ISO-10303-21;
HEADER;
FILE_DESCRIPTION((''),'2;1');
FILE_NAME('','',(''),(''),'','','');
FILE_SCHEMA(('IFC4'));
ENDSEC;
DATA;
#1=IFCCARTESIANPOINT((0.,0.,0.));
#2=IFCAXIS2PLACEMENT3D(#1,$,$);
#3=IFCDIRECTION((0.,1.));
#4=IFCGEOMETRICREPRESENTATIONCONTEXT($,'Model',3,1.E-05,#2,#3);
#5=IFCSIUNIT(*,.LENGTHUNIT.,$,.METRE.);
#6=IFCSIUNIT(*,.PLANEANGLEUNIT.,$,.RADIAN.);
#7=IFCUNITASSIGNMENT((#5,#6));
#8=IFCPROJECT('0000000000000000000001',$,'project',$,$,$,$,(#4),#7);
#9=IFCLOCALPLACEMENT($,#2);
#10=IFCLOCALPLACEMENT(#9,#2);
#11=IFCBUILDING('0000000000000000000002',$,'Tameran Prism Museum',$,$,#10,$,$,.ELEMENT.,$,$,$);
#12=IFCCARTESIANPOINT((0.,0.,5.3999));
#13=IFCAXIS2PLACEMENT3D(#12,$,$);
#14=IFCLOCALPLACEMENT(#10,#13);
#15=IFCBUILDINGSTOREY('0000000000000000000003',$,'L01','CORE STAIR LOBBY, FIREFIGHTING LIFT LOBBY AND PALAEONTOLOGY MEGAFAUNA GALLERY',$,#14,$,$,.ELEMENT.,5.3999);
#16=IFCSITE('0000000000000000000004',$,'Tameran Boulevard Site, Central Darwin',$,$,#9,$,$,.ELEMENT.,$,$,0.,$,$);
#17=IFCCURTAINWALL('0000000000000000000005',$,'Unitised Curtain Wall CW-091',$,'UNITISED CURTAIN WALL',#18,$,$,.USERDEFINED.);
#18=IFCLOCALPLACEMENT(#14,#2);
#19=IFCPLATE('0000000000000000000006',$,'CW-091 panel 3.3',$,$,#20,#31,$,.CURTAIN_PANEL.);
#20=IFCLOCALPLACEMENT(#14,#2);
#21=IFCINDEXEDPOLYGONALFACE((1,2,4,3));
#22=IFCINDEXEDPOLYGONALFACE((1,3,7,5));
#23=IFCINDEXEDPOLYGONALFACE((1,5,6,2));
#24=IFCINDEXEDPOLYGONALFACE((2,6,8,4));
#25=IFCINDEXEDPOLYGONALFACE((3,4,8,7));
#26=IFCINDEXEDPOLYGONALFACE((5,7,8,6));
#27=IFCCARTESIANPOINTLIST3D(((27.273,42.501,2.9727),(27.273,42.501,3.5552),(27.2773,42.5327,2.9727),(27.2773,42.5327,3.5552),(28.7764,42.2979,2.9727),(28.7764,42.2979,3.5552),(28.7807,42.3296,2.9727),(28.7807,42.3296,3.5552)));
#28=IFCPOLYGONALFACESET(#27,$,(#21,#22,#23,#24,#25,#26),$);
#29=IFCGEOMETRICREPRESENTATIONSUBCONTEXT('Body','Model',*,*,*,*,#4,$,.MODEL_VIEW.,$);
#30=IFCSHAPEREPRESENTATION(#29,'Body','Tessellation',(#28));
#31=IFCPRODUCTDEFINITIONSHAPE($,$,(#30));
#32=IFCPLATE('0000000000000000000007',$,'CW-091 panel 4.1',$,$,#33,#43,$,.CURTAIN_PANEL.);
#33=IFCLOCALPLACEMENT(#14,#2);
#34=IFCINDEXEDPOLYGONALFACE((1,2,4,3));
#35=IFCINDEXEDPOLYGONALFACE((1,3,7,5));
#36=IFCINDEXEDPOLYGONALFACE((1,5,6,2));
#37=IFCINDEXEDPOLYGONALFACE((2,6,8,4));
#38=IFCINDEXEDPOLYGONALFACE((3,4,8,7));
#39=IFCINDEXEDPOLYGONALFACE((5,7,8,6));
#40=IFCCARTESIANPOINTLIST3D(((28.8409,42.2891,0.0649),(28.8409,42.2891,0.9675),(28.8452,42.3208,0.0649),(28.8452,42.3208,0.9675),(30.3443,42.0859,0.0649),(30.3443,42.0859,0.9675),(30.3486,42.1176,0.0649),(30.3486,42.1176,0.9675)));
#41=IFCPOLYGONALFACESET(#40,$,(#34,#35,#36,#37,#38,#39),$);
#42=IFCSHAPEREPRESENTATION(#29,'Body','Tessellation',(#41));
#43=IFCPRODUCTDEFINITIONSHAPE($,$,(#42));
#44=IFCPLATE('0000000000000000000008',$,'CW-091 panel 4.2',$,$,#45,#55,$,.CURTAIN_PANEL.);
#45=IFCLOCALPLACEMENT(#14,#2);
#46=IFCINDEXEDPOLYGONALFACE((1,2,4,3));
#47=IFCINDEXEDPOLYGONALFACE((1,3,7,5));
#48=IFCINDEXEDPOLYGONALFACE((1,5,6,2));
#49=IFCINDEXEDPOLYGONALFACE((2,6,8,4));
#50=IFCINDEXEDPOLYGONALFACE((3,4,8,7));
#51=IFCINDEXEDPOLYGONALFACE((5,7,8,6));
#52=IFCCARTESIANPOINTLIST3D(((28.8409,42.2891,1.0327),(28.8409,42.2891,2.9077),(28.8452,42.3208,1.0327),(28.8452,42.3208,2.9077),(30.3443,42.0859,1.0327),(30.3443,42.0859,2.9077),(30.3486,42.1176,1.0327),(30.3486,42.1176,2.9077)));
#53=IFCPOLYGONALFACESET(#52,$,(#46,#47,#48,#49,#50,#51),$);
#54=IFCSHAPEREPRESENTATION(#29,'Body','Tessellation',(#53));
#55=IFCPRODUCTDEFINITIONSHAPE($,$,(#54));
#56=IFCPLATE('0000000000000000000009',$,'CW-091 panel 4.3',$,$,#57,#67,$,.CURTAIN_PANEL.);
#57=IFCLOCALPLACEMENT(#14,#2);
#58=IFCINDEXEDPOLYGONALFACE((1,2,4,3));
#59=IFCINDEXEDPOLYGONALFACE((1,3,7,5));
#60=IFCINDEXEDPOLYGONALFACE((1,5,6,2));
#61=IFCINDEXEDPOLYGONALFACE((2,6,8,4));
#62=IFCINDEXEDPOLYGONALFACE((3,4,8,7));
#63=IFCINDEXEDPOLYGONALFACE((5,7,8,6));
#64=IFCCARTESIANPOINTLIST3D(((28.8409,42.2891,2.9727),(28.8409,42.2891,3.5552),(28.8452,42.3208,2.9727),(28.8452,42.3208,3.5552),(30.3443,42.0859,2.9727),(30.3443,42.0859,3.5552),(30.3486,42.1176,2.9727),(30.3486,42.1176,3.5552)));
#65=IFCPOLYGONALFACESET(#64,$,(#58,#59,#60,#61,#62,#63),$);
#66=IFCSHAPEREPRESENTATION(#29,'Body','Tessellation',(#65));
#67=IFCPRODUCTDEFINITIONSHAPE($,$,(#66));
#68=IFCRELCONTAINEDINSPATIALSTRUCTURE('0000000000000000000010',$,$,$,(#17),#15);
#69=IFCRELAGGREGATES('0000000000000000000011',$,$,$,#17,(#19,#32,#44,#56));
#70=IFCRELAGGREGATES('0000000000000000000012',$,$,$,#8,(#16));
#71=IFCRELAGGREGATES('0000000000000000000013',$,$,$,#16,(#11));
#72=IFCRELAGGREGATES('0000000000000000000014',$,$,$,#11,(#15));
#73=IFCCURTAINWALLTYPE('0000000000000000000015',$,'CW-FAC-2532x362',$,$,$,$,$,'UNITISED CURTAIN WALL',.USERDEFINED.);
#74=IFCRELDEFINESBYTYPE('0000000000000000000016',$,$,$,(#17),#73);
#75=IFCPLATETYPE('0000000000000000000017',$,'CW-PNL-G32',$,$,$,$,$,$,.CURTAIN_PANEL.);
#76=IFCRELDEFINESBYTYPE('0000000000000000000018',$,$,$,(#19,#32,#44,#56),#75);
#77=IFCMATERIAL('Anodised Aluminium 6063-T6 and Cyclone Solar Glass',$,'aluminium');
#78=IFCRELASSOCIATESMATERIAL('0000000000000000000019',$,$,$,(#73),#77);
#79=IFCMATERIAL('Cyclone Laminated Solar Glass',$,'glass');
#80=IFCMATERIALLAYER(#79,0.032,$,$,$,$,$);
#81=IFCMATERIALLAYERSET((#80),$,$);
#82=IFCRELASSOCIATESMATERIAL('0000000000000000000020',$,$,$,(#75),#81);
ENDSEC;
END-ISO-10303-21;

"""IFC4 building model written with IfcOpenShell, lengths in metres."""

from ifc_helpers import new_model, si_unit, direction, frame, origin, origin_2d, place, context, subcontext, project, spatial, rectangle, extrude, material, layer, layer_set, type_object, element, aggregate, save


model = new_model("IFC4")

# Units and contexts
model_context = context("Model", 3, precision=1e-05, world=origin(), true_north=direction((0.0, 1.0)))
body_context = subcontext(model_context, "Body", "Model", "MODEL_VIEW")
ifc_project = project(units=[si_unit("LENGTHUNIT", "METRE"), si_unit("PLANEANGLEUNIT", "RADIAN")], contexts=[model_context])

# Site, building, storey
site_placement = place(None, origin())
site = spatial("IfcSite", under=ifc_project, at=site_placement, Name="Tameran Boulevard Site, Central Darwin", CompositionType="ELEMENT", RefElevation=0.0)
building_placement = place(site_placement, origin())
building = spatial("IfcBuilding", under=site, at=building_placement, Name="Tameran Prism Museum", CompositionType="ELEMENT")
storey_placement = place(building_placement, frame((0.0, 0.0, 5.3999)))
storey = spatial("IfcBuildingStorey", under=building, at=storey_placement, Name="L01", Description="CORE STAIR LOBBY, FIREFIGHTING LIFT LOBBY AND PALAEONTOLOGY MEGAFAUNA GALLERY", CompositionType="ELEMENT", Elevation=5.3999)

# Curtain wall
ifc_material_1 = material(Name="Anodised Aluminium 6063-T6 and Cyclone Solar Glass", Category="aluminium")
curtain_wall_type_1 = type_object("IfcCurtainWallType", Name="CW-FAC-2532x362", ElementType="UNITISED CURTAIN WALL", PredefinedType="USERDEFINED", material=ifc_material_1)
curtain_wall_1_placement = place(storey_placement, origin())
curtain_wall_1 = element("IfcCurtainWall", 1, at=curtain_wall_1_placement, inside=storey, type_object=curtain_wall_type_1, Name="Unitised Curtain Wall CW-091", ObjectType="UNITISED CURTAIN WALL", PredefinedType="USERDEFINED")

# Plates
ifc_material_2 = material(Name="Cyclone Laminated Solar Glass", Category="glass")
ifc_layer = layer(ifc_material_2, 0.032)
ifc_layer_set = layer_set([ifc_layer])
plate_type = type_object("IfcPlateType", Name="CW-PNL-G32", PredefinedType="CURTAIN_PANEL", material=ifc_layer_set)
plate_1_placement = place(storey_placement, frame((28.0269, 42.4153, 2.9727), z_axis=(0.0, 0.0, 1.0), x_axis=(0.990993, -0.133913, 0.0)))
plate_1 = element("IfcPlate", 2, at=plate_1_placement, type_object=plate_type, Name="CW-091 panel 3.3", PredefinedType="CURTAIN_PANEL", context=body_context, shape_type="SweptSolid", body=[
    extrude(rectangle(XDim=1.5171, YDim=0.032, at=origin_2d()), origin(), (0.0, 0.0, 1.0), 0.5825),
])
plate_2_placement = place(storey_placement, frame((29.5947, 42.2034, 0.0649), z_axis=(0.0, 0.0, 1.0), x_axis=(0.990993, -0.133913, 0.0)))
plate_2 = element("IfcPlate", 3, at=plate_2_placement, type_object=plate_type, Name="CW-091 panel 4.1", PredefinedType="CURTAIN_PANEL", context=body_context, shape_type="SweptSolid", body=[
    extrude(rectangle(XDim=1.5171, YDim=0.032, at=origin_2d()), origin(), (0.0, 0.0, 1.0), 0.9026),
])
plate_3_placement = place(storey_placement, frame((29.5947, 42.2034, 1.0327), z_axis=(0.0, 0.0, 1.0), x_axis=(0.990993, -0.133913, 0.0)))
plate_3 = element("IfcPlate", 4, at=plate_3_placement, type_object=plate_type, Name="CW-091 panel 4.2", PredefinedType="CURTAIN_PANEL", context=body_context, shape_type="SweptSolid", body=[
    extrude(rectangle(XDim=1.5171, YDim=0.032, at=origin_2d()), origin(), (0.0, 0.0, 1.0), 1.875),
])
plate_4_placement = place(storey_placement, frame((29.5947, 42.2034, 2.9727), z_axis=(0.0, 0.0, 1.0), x_axis=(0.990993, -0.133913, 0.0)))
plate_4 = element("IfcPlate", 5, at=plate_4_placement, type_object=plate_type, Name="CW-091 panel 4.3", PredefinedType="CURTAIN_PANEL", context=body_context, shape_type="SweptSolid", body=[
    extrude(rectangle(XDim=1.5171, YDim=0.032, at=origin_2d()), origin(), (0.0, 0.0, 1.0), 0.5825),
])
aggregate(curtain_wall_1, [plate_1, plate_2, plate_3, plate_4])

save(model, "model.ifc")
